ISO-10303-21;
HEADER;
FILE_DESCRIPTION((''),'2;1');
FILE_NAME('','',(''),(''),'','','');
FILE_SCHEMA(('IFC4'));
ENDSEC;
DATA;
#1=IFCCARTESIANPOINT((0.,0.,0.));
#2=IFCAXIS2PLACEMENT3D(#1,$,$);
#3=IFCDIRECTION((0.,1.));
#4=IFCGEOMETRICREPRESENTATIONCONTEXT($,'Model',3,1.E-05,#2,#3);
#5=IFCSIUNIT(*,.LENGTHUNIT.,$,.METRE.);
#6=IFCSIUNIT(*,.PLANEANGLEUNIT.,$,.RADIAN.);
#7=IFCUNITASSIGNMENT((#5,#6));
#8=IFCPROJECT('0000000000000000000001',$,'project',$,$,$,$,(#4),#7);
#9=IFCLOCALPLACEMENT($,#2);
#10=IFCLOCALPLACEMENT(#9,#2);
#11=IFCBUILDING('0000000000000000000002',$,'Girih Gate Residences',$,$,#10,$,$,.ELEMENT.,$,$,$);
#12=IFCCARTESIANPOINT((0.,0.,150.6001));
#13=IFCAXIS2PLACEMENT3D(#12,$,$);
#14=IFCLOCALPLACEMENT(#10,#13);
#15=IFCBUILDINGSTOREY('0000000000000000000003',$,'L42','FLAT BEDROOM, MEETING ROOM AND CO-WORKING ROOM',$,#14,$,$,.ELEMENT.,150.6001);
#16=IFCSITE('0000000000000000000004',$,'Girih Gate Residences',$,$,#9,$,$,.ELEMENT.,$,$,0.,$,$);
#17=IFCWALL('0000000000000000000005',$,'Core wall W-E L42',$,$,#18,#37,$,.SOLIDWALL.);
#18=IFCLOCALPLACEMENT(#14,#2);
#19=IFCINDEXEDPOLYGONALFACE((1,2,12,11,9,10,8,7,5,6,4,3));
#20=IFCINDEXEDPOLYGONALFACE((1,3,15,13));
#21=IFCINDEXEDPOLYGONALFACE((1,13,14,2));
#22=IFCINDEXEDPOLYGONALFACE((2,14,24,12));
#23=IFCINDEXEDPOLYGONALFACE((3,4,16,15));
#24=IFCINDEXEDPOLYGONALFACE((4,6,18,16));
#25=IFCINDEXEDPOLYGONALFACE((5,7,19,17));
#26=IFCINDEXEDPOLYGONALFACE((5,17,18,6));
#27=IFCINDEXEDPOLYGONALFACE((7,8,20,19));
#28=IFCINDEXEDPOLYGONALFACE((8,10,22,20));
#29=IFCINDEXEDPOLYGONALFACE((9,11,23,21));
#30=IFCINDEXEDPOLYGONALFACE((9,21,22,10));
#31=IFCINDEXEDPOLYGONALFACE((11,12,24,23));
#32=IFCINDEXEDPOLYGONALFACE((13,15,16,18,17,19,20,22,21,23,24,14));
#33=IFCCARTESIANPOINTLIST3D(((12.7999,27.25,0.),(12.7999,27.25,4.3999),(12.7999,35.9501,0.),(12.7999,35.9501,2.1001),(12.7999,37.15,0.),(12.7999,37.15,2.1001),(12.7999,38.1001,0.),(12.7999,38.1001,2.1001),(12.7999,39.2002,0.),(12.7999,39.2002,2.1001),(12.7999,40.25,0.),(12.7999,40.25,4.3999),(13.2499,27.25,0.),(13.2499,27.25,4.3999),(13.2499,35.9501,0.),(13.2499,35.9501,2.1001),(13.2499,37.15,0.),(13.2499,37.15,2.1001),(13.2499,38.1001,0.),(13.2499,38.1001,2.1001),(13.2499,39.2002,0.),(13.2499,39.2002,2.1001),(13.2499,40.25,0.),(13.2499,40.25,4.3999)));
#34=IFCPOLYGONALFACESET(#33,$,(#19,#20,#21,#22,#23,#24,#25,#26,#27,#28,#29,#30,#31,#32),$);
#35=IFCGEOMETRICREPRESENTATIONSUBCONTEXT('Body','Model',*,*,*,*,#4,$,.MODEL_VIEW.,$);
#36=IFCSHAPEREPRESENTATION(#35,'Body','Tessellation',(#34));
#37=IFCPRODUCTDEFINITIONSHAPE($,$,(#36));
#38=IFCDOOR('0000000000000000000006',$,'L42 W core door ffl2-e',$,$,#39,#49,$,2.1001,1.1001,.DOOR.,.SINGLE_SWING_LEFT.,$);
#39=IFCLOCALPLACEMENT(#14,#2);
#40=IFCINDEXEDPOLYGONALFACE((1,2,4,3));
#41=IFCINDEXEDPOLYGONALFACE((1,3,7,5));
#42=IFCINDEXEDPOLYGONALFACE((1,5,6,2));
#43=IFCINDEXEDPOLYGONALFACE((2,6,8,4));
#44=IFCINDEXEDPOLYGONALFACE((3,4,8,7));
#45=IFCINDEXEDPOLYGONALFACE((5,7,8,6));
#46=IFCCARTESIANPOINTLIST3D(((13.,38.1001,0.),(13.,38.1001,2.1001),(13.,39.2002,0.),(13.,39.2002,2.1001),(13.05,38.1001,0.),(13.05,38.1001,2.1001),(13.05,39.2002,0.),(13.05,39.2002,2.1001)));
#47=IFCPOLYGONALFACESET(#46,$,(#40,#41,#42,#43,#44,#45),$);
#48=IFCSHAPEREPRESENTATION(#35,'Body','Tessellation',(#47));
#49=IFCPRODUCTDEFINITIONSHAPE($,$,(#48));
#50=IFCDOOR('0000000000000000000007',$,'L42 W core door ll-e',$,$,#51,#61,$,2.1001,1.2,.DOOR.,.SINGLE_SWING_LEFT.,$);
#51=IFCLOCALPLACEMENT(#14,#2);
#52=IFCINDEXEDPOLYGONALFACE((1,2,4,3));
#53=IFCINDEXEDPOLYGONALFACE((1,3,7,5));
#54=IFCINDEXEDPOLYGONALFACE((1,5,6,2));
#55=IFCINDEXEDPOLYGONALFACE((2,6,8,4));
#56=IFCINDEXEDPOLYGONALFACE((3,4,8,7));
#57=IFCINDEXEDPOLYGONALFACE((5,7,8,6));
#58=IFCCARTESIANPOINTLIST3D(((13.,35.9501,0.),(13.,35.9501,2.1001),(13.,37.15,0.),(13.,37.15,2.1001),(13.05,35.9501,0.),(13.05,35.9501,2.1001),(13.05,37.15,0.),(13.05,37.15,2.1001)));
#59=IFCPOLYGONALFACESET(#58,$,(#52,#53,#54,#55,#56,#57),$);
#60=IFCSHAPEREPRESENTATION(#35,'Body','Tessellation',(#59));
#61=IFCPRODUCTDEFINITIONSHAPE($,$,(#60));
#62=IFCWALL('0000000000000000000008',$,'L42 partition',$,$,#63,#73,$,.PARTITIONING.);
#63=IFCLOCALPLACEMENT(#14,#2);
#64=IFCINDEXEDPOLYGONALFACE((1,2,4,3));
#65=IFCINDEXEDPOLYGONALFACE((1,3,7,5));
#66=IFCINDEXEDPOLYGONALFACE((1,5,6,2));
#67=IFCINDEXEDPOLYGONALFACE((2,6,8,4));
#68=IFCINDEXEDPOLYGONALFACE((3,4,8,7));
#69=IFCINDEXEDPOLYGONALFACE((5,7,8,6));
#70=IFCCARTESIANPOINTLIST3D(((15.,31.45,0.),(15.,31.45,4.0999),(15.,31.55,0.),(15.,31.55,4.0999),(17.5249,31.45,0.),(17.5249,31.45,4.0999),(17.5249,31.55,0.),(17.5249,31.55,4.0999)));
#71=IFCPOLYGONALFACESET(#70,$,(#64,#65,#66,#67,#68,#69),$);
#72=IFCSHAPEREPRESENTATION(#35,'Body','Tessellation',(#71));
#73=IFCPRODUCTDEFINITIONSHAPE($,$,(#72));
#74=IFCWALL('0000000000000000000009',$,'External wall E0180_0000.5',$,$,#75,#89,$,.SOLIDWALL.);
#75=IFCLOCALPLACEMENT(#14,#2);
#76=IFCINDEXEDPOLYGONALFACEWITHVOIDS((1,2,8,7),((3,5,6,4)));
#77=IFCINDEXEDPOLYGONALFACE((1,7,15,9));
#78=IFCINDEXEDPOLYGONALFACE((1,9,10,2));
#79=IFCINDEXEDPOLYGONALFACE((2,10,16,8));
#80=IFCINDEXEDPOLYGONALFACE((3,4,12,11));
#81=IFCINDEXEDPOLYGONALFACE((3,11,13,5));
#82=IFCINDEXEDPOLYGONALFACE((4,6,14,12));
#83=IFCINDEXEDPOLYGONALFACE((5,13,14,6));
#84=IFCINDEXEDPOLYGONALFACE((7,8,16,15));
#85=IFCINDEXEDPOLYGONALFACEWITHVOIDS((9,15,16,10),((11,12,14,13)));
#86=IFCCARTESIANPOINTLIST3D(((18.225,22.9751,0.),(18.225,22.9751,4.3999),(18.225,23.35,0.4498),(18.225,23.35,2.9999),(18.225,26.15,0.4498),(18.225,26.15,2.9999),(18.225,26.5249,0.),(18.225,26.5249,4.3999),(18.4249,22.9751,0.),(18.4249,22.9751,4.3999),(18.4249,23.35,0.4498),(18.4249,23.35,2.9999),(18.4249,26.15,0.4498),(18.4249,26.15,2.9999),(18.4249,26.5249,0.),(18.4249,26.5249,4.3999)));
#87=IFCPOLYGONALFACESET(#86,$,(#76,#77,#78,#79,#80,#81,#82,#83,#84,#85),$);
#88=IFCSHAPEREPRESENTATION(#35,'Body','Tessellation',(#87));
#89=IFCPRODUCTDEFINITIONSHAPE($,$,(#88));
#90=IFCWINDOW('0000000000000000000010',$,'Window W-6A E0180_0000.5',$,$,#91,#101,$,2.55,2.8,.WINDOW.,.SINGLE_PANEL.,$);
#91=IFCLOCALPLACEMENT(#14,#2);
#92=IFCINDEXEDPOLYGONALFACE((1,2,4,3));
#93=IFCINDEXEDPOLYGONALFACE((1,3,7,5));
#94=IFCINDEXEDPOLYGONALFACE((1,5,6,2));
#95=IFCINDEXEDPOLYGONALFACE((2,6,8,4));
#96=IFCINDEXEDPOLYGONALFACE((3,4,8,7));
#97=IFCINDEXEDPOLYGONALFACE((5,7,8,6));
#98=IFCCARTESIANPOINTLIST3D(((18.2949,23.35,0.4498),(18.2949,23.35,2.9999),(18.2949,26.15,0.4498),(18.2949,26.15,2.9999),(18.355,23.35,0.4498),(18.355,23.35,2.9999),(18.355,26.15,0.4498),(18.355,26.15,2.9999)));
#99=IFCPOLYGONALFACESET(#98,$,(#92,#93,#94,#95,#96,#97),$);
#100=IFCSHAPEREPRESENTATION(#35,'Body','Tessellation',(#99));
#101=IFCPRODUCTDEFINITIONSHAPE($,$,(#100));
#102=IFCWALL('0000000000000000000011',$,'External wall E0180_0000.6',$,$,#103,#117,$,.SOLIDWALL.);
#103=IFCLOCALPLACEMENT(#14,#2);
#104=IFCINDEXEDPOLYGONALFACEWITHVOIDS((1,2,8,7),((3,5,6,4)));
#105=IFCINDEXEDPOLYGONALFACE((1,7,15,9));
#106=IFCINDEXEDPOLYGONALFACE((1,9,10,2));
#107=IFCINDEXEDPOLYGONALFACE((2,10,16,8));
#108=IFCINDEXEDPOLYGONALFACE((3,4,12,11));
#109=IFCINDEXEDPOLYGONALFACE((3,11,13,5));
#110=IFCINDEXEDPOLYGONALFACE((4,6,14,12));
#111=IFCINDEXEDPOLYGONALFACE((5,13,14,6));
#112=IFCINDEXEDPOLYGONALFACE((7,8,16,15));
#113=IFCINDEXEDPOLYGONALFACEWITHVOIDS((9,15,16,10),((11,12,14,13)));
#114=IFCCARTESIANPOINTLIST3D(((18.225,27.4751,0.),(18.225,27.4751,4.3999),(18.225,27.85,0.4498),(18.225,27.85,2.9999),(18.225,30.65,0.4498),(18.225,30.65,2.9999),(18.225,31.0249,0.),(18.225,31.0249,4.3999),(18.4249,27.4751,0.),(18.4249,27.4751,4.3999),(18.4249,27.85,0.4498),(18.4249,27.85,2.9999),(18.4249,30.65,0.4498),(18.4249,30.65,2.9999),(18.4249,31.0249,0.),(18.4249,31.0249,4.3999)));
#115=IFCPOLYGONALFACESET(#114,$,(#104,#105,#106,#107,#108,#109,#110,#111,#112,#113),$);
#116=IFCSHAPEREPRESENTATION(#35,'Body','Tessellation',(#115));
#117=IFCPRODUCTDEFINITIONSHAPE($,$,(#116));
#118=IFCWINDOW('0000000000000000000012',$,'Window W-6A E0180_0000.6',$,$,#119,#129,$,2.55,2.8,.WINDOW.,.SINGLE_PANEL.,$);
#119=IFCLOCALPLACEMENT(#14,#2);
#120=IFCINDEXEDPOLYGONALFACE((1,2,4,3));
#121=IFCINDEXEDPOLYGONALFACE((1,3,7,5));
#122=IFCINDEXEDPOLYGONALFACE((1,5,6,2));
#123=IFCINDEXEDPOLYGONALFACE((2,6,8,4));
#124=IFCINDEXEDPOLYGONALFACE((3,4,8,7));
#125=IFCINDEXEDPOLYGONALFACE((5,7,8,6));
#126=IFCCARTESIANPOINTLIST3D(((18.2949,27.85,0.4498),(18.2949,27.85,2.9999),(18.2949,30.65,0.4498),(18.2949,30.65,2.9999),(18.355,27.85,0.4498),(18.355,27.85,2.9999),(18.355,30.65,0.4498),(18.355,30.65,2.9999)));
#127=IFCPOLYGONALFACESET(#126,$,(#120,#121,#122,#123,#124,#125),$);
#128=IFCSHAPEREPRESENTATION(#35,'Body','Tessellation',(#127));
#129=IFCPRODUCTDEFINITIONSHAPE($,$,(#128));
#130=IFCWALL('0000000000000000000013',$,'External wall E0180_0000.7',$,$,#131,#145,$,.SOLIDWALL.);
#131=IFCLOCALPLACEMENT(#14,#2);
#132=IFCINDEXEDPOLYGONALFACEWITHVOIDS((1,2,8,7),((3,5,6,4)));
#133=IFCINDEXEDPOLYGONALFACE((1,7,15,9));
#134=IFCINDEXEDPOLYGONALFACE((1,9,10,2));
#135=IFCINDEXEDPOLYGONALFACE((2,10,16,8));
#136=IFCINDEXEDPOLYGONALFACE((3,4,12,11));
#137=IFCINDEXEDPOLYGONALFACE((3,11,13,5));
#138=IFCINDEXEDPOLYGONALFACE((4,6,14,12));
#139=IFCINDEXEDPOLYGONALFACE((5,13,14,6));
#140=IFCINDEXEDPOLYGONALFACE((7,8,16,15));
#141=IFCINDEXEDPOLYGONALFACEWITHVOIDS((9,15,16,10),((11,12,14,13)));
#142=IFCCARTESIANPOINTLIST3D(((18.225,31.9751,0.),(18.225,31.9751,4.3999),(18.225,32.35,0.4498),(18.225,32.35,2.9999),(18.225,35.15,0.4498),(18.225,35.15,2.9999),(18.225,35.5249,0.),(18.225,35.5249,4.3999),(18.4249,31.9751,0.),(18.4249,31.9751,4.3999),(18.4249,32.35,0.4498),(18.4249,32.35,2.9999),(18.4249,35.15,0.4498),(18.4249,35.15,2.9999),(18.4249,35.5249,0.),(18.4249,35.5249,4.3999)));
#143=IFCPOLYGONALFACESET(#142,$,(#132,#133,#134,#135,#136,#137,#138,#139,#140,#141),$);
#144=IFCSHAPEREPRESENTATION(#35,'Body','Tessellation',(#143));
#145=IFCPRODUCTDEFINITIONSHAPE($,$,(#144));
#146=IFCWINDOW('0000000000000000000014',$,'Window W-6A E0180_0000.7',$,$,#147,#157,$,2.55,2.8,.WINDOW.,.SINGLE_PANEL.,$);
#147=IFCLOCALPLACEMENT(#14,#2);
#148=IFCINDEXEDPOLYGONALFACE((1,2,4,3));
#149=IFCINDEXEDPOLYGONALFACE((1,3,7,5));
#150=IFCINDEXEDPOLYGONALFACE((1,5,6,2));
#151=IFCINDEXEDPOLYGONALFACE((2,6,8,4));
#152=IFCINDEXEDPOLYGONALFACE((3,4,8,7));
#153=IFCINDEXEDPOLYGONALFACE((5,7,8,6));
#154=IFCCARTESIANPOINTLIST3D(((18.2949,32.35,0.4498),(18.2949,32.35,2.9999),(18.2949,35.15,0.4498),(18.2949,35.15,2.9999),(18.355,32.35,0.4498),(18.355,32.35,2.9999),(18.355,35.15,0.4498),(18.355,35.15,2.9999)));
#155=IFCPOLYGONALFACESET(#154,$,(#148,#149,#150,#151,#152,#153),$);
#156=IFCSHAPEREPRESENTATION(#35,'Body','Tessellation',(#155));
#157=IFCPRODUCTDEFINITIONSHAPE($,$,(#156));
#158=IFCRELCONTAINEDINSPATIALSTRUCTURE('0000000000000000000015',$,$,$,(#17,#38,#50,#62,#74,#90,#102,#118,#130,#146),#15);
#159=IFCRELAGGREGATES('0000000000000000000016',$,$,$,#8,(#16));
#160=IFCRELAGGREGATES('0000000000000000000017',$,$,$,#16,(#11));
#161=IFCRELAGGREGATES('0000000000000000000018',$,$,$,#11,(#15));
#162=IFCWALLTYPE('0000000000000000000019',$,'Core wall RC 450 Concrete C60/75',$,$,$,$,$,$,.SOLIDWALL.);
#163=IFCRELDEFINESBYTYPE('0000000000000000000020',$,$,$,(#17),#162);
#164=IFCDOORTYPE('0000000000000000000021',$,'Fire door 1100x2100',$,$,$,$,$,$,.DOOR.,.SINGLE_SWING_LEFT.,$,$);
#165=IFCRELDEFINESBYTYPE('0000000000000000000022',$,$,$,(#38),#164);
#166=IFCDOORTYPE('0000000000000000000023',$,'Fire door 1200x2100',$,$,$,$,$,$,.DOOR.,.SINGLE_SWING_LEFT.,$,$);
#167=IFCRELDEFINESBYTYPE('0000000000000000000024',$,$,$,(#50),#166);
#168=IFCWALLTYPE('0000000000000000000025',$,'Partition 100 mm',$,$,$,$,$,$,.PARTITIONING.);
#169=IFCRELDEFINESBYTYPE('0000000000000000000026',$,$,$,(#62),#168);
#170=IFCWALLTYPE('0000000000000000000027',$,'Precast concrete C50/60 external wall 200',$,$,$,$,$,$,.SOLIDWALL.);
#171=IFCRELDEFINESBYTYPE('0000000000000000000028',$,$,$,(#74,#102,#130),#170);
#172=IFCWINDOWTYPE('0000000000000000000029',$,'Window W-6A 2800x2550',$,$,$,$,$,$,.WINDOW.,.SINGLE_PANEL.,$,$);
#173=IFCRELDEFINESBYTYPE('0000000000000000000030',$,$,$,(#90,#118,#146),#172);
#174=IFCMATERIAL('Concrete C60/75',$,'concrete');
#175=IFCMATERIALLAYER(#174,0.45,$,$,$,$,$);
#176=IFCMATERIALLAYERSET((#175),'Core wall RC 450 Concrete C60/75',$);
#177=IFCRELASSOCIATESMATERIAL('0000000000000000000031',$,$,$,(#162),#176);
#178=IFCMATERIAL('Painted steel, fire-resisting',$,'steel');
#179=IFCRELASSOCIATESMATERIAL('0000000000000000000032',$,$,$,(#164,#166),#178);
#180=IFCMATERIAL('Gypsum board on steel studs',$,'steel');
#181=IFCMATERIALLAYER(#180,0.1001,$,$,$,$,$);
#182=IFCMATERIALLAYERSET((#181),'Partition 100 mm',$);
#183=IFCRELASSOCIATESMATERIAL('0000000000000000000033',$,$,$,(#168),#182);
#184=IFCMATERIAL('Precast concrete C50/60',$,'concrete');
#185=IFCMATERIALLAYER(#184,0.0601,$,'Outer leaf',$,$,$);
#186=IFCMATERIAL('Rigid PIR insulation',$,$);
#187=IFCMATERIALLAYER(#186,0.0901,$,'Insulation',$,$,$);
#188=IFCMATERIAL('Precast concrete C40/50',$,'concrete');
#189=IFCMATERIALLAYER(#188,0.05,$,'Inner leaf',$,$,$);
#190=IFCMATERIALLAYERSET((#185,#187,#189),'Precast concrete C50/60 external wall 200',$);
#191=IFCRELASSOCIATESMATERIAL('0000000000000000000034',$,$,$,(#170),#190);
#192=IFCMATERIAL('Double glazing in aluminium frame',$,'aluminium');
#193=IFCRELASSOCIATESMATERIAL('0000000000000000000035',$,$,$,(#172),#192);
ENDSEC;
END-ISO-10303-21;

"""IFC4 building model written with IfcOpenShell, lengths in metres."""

from ifc_helpers import new_model, si_unit, direction, frame, frame_2d, origin, place, context, subcontext, project, spatial, rectangle, extrude, material, layer, layer_set, type_object, element, fill, save


model = new_model("IFC4")

# Units and contexts
model_context = context("Model", 3, precision=1e-05, world=origin(), true_north=direction((0.0, 1.0)))
body_context = subcontext(model_context, "Body", "Model", "MODEL_VIEW")
ifc_project = project(units=[si_unit("LENGTHUNIT", "METRE"), si_unit("PLANEANGLEUNIT", "RADIAN")], contexts=[model_context])

# Site, building, storey
site_placement = place(None, origin())
site = spatial("IfcSite", under=ifc_project, at=site_placement, Name="Girih Gate Residences", CompositionType="ELEMENT", RefElevation=0.0)
building_placement = place(site_placement, origin())
building = spatial("IfcBuilding", under=site, at=building_placement, Name="Girih Gate Residences", CompositionType="ELEMENT")
storey_placement = place(building_placement, frame((0.0, 0.0, 150.6001)))
storey = spatial("IfcBuildingStorey", under=building, at=storey_placement, Name="L42", Description="FLAT BEDROOM, MEETING ROOM AND CO-WORKING ROOM", CompositionType="ELEMENT", Elevation=150.6001)

# Shared definitions
ifc_material_1 = material(Name="Concrete C60/75", Category="concrete")

# Shared definitions
ifc_material_2 = material(Name="Gypsum board on steel studs", Category="steel")

# Wall, openings, doors
ifc_layer_1 = layer(ifc_material_1, 0.45)
ifc_layer_set_1 = layer_set([ifc_layer_1], Name="Core wall RC 450 Concrete C60/75")
wall_type_1 = type_object("IfcWallType", Name="Core wall RC 450 Concrete C60/75", PredefinedType="SOLIDWALL", material=ifc_layer_set_1)
wall_1_placement = place(storey_placement, frame((13.0249, 27.25, 0.0), z_axis=(0.0, 0.0, 1.0), x_axis=(0.0, 1.0, 0.0)))
wall_1 = element("IfcWall", 1, at=wall_1_placement, inside=storey, type_object=wall_type_1, Name="Core wall W-E L42", PredefinedType="SOLIDWALL", context=body_context, shape_type="SweptSolid", body=[
    extrude(rectangle(XDim=13.0, YDim=0.45, at=frame_2d((6.5, 0.0))), origin(), (0.0, 0.0, 1.0), 4.3999),
])
opening_1_placement = place(wall_1_placement, frame((10.8501, 0.0, 0.0)))
opening_1 = element("IfcOpeningElement", 2, at=opening_1_placement, cuts=wall_1, PredefinedType="OPENING", context=body_context, shape_type="SweptSolid", body=[
    extrude(rectangle(XDim=1.1001, YDim=2.1001, at=frame_2d((0.55, 1.05))), frame((0.0, 0.2349, 0.0), z_axis=(0.0, -1.0, 0.0), x_axis=(1.0, 0.0, 0.0)), (0.0, 0.0, 1.0), 0.47),
])
opening_2_placement = place(wall_1_placement, frame((8.7, 0.0, 0.0)))
opening_2 = element("IfcOpeningElement", 3, at=opening_2_placement, cuts=wall_1, PredefinedType="OPENING", context=body_context, shape_type="SweptSolid", body=[
    extrude(rectangle(XDim=1.2, YDim=2.1001, at=frame_2d((0.6001, 1.05))), frame((0.0, 0.2349, 0.0), z_axis=(0.0, -1.0, 0.0), x_axis=(1.0, 0.0, 0.0)), (0.0, 0.0, 1.0), 0.47),
])
ifc_material_3 = material(Name="Painted steel, fire-resisting", Category="steel")
door_type_1 = type_object("IfcDoorType", Name="Fire door 1100x2100", OperationType="SINGLE_SWING_LEFT", PredefinedType="DOOR", material=ifc_material_3)
door_1_placement = place(opening_1_placement, origin())
door_1 = element("IfcDoor", 4, at=door_1_placement, inside=storey, type_object=door_type_1, Name="L42 W core door ffl2-e", OperationType="SINGLE_SWING_LEFT", OverallHeight=2.1001, OverallWidth=1.1001, PredefinedType="DOOR", context=body_context, shape_type="SweptSolid", body=[
    extrude(rectangle(XDim=1.1001, YDim=2.1001, at=frame_2d((0.55, 1.05))), frame((0.0, 0.0249, 0.0), z_axis=(0.0, -1.0, 0.0), x_axis=(1.0, 0.0, 0.0)), (0.0, 0.0, 1.0), 0.05),
])
fill(opening_1, door_1)
door_type_2 = type_object("IfcDoorType", Name="Fire door 1200x2100", OperationType="SINGLE_SWING_LEFT", PredefinedType="DOOR", material=ifc_material_3)
door_2_placement = place(opening_2_placement, origin())
door_2 = element("IfcDoor", 5, at=door_2_placement, inside=storey, type_object=door_type_2, Name="L42 W core door ll-e", OperationType="SINGLE_SWING_LEFT", OverallHeight=2.1001, OverallWidth=1.2, PredefinedType="DOOR", context=body_context, shape_type="SweptSolid", body=[
    extrude(rectangle(XDim=1.2, YDim=2.1001, at=frame_2d((0.6001, 1.05))), frame((0.0, 0.0249, 0.0), z_axis=(0.0, -1.0, 0.0), x_axis=(1.0, 0.0, 0.0)), (0.0, 0.0, 1.0), 0.05),
])
fill(opening_2, door_2)

# Wall
ifc_layer_2 = layer(ifc_material_2, 0.1001)
ifc_layer_set_2 = layer_set([ifc_layer_2], Name="Partition 100 mm")
wall_type_2 = type_object("IfcWallType", Name="Partition 100 mm", PredefinedType="PARTITIONING", material=ifc_layer_set_2)
wall_2_placement = place(storey_placement, frame((15.0, 31.5, 0.0), z_axis=(0.0, 0.0, 1.0), x_axis=(1.0, 0.0, 0.0)))
element("IfcWall", 6, at=wall_2_placement, inside=storey, type_object=wall_type_2, Name="L42 partition", PredefinedType="PARTITIONING", context=body_context, shape_type="SweptSolid", body=[
    extrude(rectangle(XDim=2.5249, YDim=0.1001, at=frame_2d((1.2625, 0.0))), origin(), (0.0, 0.0, 1.0), 4.0999),
])

# Walls, openings, windows
ifc_material_4 = material(Name="Precast concrete C50/60", Category="concrete")
ifc_layer_3 = layer(ifc_material_4, 0.0601, Name="Outer leaf")
ifc_material_5 = material(Name="Rigid PIR insulation")
ifc_layer_4 = layer(ifc_material_5, 0.0901, Name="Insulation")
ifc_material_6 = material(Name="Precast concrete C40/50", Category="concrete")
ifc_layer_5 = layer(ifc_material_6, 0.05, Name="Inner leaf")
ifc_layer_set_3 = layer_set([ifc_layer_3, ifc_layer_4, ifc_layer_5], Name="Precast concrete C50/60 external wall 200")
wall_type_3 = type_object("IfcWallType", Name="Precast concrete C50/60 external wall 200", PredefinedType="SOLIDWALL", material=ifc_layer_set_3)
wall_3_placement = place(storey_placement, frame((18.325, 26.5249, 0.0), z_axis=(0.0, 0.0, 1.0), x_axis=(0.0, -1.0, 0.0)))
wall_3 = element("IfcWall", 7, at=wall_3_placement, inside=storey, type_object=wall_type_3, Name="External wall E0180_0000.5", PredefinedType="SOLIDWALL", context=body_context, shape_type="SweptSolid", body=[
    extrude(rectangle(XDim=3.5498, YDim=0.2, at=frame_2d((1.7749, 0.0))), origin(), (0.0, 0.0, 1.0), 4.3999),
])
opening_3_placement = place(wall_3_placement, frame((0.375, 0.0, 0.45)))
opening_3 = element("IfcOpeningElement", 8, at=opening_3_placement, cuts=wall_3, PredefinedType="OPENING", context=body_context, shape_type="SweptSolid", body=[
    extrude(rectangle(XDim=2.8, YDim=2.55, at=frame_2d((1.3999, 1.2749))), frame((0.0, 0.1099, 0.0), z_axis=(0.0, -1.0, 0.0), x_axis=(1.0, 0.0, 0.0)), (0.0, 0.0, 1.0), 0.22),
])
ifc_material_7 = material(Name="Double glazing in aluminium frame", Category="aluminium")
window_type = type_object("IfcWindowType", Name="Window W-6A 2800x2550", PartitioningType="SINGLE_PANEL", PredefinedType="WINDOW", material=ifc_material_7)
window_1_placement = place(opening_3_placement, origin())
window_1 = element("IfcWindow", 9, at=window_1_placement, inside=storey, type_object=window_type, Name="Window W-6A E0180_0000.5", OverallHeight=2.55, OverallWidth=2.8, PartitioningType="SINGLE_PANEL", PredefinedType="WINDOW", context=body_context, shape_type="SweptSolid", body=[
    extrude(rectangle(XDim=2.8, YDim=2.55, at=frame_2d((1.3999, 1.2749))), frame((0.0, 0.03, 0.0), z_axis=(0.0, -1.0, 0.0), x_axis=(1.0, 0.0, 0.0)), (0.0, 0.0, 1.0), 0.0601),
])
fill(opening_3, window_1)
wall_4_placement = place(storey_placement, frame((18.325, 31.0249, 0.0), z_axis=(0.0, 0.0, 1.0), x_axis=(0.0, -1.0, 0.0)))
wall_4 = element("IfcWall", 10, at=wall_4_placement, inside=storey, type_object=wall_type_3, Name="External wall E0180_0000.6", PredefinedType="SOLIDWALL", context=body_context, shape_type="SweptSolid", body=[
    extrude(rectangle(XDim=3.5498, YDim=0.2, at=frame_2d((1.7749, 0.0))), origin(), (0.0, 0.0, 1.0), 4.3999),
])
opening_4_placement = place(wall_4_placement, frame((0.375, 0.0, 0.45)))
opening_4 = element("IfcOpeningElement", 11, at=opening_4_placement, cuts=wall_4, PredefinedType="OPENING", context=body_context, shape_type="SweptSolid", body=[
    extrude(rectangle(XDim=2.8, YDim=2.55, at=frame_2d((1.3999, 1.2749))), frame((0.0, 0.1099, 0.0), z_axis=(0.0, -1.0, 0.0), x_axis=(1.0, 0.0, 0.0)), (0.0, 0.0, 1.0), 0.22),
])
window_2_placement = place(opening_4_placement, origin())
window_2 = element("IfcWindow", 12, at=window_2_placement, inside=storey, type_object=window_type, Name="Window W-6A E0180_0000.6", OverallHeight=2.55, OverallWidth=2.8, PartitioningType="SINGLE_PANEL", PredefinedType="WINDOW", context=body_context, shape_type="SweptSolid", body=[
    extrude(rectangle(XDim=2.8, YDim=2.55, at=frame_2d((1.3999, 1.2749))), frame((0.0, 0.03, 0.0), z_axis=(0.0, -1.0, 0.0), x_axis=(1.0, 0.0, 0.0)), (0.0, 0.0, 1.0), 0.0601),
])
fill(opening_4, window_2)
wall_5_placement = place(storey_placement, frame((18.325, 35.5249, 0.0), z_axis=(0.0, 0.0, 1.0), x_axis=(0.0, -1.0, 0.0)))
wall_5 = element("IfcWall", 13, at=wall_5_placement, inside=storey, type_object=wall_type_3, Name="External wall E0180_0000.7", PredefinedType="SOLIDWALL", context=body_context, shape_type="SweptSolid", body=[
    extrude(rectangle(XDim=3.5498, YDim=0.2, at=frame_2d((1.7749, 0.0))), origin(), (0.0, 0.0, 1.0), 4.3999),
])
opening_5_placement = place(wall_5_placement, frame((0.375, 0.0, 0.45)))
opening_5 = element("IfcOpeningElement", 14, at=opening_5_placement, cuts=wall_5, PredefinedType="OPENING", context=body_context, shape_type="SweptSolid", body=[
    extrude(rectangle(XDim=2.8, YDim=2.55, at=frame_2d((1.3999, 1.2749))), frame((0.0, 0.1099, 0.0), z_axis=(0.0, -1.0, 0.0), x_axis=(1.0, 0.0, 0.0)), (0.0, 0.0, 1.0), 0.22),
])
window_3_placement = place(opening_5_placement, origin())
window_3 = element("IfcWindow", 15, at=window_3_placement, inside=storey, type_object=window_type, Name="Window W-6A E0180_0000.7", OverallHeight=2.55, OverallWidth=2.8, PartitioningType="SINGLE_PANEL", PredefinedType="WINDOW", context=body_context, shape_type="SweptSolid", body=[
    extrude(rectangle(XDim=2.8, YDim=2.55, at=frame_2d((1.3999, 1.2749))), frame((0.0, 0.03, 0.0), z_axis=(0.0, -1.0, 0.0), x_axis=(1.0, 0.0, 0.0)), (0.0, 0.0, 1.0), 0.0601),
])
fill(opening_5, window_3)

save(model, "model.ifc")
